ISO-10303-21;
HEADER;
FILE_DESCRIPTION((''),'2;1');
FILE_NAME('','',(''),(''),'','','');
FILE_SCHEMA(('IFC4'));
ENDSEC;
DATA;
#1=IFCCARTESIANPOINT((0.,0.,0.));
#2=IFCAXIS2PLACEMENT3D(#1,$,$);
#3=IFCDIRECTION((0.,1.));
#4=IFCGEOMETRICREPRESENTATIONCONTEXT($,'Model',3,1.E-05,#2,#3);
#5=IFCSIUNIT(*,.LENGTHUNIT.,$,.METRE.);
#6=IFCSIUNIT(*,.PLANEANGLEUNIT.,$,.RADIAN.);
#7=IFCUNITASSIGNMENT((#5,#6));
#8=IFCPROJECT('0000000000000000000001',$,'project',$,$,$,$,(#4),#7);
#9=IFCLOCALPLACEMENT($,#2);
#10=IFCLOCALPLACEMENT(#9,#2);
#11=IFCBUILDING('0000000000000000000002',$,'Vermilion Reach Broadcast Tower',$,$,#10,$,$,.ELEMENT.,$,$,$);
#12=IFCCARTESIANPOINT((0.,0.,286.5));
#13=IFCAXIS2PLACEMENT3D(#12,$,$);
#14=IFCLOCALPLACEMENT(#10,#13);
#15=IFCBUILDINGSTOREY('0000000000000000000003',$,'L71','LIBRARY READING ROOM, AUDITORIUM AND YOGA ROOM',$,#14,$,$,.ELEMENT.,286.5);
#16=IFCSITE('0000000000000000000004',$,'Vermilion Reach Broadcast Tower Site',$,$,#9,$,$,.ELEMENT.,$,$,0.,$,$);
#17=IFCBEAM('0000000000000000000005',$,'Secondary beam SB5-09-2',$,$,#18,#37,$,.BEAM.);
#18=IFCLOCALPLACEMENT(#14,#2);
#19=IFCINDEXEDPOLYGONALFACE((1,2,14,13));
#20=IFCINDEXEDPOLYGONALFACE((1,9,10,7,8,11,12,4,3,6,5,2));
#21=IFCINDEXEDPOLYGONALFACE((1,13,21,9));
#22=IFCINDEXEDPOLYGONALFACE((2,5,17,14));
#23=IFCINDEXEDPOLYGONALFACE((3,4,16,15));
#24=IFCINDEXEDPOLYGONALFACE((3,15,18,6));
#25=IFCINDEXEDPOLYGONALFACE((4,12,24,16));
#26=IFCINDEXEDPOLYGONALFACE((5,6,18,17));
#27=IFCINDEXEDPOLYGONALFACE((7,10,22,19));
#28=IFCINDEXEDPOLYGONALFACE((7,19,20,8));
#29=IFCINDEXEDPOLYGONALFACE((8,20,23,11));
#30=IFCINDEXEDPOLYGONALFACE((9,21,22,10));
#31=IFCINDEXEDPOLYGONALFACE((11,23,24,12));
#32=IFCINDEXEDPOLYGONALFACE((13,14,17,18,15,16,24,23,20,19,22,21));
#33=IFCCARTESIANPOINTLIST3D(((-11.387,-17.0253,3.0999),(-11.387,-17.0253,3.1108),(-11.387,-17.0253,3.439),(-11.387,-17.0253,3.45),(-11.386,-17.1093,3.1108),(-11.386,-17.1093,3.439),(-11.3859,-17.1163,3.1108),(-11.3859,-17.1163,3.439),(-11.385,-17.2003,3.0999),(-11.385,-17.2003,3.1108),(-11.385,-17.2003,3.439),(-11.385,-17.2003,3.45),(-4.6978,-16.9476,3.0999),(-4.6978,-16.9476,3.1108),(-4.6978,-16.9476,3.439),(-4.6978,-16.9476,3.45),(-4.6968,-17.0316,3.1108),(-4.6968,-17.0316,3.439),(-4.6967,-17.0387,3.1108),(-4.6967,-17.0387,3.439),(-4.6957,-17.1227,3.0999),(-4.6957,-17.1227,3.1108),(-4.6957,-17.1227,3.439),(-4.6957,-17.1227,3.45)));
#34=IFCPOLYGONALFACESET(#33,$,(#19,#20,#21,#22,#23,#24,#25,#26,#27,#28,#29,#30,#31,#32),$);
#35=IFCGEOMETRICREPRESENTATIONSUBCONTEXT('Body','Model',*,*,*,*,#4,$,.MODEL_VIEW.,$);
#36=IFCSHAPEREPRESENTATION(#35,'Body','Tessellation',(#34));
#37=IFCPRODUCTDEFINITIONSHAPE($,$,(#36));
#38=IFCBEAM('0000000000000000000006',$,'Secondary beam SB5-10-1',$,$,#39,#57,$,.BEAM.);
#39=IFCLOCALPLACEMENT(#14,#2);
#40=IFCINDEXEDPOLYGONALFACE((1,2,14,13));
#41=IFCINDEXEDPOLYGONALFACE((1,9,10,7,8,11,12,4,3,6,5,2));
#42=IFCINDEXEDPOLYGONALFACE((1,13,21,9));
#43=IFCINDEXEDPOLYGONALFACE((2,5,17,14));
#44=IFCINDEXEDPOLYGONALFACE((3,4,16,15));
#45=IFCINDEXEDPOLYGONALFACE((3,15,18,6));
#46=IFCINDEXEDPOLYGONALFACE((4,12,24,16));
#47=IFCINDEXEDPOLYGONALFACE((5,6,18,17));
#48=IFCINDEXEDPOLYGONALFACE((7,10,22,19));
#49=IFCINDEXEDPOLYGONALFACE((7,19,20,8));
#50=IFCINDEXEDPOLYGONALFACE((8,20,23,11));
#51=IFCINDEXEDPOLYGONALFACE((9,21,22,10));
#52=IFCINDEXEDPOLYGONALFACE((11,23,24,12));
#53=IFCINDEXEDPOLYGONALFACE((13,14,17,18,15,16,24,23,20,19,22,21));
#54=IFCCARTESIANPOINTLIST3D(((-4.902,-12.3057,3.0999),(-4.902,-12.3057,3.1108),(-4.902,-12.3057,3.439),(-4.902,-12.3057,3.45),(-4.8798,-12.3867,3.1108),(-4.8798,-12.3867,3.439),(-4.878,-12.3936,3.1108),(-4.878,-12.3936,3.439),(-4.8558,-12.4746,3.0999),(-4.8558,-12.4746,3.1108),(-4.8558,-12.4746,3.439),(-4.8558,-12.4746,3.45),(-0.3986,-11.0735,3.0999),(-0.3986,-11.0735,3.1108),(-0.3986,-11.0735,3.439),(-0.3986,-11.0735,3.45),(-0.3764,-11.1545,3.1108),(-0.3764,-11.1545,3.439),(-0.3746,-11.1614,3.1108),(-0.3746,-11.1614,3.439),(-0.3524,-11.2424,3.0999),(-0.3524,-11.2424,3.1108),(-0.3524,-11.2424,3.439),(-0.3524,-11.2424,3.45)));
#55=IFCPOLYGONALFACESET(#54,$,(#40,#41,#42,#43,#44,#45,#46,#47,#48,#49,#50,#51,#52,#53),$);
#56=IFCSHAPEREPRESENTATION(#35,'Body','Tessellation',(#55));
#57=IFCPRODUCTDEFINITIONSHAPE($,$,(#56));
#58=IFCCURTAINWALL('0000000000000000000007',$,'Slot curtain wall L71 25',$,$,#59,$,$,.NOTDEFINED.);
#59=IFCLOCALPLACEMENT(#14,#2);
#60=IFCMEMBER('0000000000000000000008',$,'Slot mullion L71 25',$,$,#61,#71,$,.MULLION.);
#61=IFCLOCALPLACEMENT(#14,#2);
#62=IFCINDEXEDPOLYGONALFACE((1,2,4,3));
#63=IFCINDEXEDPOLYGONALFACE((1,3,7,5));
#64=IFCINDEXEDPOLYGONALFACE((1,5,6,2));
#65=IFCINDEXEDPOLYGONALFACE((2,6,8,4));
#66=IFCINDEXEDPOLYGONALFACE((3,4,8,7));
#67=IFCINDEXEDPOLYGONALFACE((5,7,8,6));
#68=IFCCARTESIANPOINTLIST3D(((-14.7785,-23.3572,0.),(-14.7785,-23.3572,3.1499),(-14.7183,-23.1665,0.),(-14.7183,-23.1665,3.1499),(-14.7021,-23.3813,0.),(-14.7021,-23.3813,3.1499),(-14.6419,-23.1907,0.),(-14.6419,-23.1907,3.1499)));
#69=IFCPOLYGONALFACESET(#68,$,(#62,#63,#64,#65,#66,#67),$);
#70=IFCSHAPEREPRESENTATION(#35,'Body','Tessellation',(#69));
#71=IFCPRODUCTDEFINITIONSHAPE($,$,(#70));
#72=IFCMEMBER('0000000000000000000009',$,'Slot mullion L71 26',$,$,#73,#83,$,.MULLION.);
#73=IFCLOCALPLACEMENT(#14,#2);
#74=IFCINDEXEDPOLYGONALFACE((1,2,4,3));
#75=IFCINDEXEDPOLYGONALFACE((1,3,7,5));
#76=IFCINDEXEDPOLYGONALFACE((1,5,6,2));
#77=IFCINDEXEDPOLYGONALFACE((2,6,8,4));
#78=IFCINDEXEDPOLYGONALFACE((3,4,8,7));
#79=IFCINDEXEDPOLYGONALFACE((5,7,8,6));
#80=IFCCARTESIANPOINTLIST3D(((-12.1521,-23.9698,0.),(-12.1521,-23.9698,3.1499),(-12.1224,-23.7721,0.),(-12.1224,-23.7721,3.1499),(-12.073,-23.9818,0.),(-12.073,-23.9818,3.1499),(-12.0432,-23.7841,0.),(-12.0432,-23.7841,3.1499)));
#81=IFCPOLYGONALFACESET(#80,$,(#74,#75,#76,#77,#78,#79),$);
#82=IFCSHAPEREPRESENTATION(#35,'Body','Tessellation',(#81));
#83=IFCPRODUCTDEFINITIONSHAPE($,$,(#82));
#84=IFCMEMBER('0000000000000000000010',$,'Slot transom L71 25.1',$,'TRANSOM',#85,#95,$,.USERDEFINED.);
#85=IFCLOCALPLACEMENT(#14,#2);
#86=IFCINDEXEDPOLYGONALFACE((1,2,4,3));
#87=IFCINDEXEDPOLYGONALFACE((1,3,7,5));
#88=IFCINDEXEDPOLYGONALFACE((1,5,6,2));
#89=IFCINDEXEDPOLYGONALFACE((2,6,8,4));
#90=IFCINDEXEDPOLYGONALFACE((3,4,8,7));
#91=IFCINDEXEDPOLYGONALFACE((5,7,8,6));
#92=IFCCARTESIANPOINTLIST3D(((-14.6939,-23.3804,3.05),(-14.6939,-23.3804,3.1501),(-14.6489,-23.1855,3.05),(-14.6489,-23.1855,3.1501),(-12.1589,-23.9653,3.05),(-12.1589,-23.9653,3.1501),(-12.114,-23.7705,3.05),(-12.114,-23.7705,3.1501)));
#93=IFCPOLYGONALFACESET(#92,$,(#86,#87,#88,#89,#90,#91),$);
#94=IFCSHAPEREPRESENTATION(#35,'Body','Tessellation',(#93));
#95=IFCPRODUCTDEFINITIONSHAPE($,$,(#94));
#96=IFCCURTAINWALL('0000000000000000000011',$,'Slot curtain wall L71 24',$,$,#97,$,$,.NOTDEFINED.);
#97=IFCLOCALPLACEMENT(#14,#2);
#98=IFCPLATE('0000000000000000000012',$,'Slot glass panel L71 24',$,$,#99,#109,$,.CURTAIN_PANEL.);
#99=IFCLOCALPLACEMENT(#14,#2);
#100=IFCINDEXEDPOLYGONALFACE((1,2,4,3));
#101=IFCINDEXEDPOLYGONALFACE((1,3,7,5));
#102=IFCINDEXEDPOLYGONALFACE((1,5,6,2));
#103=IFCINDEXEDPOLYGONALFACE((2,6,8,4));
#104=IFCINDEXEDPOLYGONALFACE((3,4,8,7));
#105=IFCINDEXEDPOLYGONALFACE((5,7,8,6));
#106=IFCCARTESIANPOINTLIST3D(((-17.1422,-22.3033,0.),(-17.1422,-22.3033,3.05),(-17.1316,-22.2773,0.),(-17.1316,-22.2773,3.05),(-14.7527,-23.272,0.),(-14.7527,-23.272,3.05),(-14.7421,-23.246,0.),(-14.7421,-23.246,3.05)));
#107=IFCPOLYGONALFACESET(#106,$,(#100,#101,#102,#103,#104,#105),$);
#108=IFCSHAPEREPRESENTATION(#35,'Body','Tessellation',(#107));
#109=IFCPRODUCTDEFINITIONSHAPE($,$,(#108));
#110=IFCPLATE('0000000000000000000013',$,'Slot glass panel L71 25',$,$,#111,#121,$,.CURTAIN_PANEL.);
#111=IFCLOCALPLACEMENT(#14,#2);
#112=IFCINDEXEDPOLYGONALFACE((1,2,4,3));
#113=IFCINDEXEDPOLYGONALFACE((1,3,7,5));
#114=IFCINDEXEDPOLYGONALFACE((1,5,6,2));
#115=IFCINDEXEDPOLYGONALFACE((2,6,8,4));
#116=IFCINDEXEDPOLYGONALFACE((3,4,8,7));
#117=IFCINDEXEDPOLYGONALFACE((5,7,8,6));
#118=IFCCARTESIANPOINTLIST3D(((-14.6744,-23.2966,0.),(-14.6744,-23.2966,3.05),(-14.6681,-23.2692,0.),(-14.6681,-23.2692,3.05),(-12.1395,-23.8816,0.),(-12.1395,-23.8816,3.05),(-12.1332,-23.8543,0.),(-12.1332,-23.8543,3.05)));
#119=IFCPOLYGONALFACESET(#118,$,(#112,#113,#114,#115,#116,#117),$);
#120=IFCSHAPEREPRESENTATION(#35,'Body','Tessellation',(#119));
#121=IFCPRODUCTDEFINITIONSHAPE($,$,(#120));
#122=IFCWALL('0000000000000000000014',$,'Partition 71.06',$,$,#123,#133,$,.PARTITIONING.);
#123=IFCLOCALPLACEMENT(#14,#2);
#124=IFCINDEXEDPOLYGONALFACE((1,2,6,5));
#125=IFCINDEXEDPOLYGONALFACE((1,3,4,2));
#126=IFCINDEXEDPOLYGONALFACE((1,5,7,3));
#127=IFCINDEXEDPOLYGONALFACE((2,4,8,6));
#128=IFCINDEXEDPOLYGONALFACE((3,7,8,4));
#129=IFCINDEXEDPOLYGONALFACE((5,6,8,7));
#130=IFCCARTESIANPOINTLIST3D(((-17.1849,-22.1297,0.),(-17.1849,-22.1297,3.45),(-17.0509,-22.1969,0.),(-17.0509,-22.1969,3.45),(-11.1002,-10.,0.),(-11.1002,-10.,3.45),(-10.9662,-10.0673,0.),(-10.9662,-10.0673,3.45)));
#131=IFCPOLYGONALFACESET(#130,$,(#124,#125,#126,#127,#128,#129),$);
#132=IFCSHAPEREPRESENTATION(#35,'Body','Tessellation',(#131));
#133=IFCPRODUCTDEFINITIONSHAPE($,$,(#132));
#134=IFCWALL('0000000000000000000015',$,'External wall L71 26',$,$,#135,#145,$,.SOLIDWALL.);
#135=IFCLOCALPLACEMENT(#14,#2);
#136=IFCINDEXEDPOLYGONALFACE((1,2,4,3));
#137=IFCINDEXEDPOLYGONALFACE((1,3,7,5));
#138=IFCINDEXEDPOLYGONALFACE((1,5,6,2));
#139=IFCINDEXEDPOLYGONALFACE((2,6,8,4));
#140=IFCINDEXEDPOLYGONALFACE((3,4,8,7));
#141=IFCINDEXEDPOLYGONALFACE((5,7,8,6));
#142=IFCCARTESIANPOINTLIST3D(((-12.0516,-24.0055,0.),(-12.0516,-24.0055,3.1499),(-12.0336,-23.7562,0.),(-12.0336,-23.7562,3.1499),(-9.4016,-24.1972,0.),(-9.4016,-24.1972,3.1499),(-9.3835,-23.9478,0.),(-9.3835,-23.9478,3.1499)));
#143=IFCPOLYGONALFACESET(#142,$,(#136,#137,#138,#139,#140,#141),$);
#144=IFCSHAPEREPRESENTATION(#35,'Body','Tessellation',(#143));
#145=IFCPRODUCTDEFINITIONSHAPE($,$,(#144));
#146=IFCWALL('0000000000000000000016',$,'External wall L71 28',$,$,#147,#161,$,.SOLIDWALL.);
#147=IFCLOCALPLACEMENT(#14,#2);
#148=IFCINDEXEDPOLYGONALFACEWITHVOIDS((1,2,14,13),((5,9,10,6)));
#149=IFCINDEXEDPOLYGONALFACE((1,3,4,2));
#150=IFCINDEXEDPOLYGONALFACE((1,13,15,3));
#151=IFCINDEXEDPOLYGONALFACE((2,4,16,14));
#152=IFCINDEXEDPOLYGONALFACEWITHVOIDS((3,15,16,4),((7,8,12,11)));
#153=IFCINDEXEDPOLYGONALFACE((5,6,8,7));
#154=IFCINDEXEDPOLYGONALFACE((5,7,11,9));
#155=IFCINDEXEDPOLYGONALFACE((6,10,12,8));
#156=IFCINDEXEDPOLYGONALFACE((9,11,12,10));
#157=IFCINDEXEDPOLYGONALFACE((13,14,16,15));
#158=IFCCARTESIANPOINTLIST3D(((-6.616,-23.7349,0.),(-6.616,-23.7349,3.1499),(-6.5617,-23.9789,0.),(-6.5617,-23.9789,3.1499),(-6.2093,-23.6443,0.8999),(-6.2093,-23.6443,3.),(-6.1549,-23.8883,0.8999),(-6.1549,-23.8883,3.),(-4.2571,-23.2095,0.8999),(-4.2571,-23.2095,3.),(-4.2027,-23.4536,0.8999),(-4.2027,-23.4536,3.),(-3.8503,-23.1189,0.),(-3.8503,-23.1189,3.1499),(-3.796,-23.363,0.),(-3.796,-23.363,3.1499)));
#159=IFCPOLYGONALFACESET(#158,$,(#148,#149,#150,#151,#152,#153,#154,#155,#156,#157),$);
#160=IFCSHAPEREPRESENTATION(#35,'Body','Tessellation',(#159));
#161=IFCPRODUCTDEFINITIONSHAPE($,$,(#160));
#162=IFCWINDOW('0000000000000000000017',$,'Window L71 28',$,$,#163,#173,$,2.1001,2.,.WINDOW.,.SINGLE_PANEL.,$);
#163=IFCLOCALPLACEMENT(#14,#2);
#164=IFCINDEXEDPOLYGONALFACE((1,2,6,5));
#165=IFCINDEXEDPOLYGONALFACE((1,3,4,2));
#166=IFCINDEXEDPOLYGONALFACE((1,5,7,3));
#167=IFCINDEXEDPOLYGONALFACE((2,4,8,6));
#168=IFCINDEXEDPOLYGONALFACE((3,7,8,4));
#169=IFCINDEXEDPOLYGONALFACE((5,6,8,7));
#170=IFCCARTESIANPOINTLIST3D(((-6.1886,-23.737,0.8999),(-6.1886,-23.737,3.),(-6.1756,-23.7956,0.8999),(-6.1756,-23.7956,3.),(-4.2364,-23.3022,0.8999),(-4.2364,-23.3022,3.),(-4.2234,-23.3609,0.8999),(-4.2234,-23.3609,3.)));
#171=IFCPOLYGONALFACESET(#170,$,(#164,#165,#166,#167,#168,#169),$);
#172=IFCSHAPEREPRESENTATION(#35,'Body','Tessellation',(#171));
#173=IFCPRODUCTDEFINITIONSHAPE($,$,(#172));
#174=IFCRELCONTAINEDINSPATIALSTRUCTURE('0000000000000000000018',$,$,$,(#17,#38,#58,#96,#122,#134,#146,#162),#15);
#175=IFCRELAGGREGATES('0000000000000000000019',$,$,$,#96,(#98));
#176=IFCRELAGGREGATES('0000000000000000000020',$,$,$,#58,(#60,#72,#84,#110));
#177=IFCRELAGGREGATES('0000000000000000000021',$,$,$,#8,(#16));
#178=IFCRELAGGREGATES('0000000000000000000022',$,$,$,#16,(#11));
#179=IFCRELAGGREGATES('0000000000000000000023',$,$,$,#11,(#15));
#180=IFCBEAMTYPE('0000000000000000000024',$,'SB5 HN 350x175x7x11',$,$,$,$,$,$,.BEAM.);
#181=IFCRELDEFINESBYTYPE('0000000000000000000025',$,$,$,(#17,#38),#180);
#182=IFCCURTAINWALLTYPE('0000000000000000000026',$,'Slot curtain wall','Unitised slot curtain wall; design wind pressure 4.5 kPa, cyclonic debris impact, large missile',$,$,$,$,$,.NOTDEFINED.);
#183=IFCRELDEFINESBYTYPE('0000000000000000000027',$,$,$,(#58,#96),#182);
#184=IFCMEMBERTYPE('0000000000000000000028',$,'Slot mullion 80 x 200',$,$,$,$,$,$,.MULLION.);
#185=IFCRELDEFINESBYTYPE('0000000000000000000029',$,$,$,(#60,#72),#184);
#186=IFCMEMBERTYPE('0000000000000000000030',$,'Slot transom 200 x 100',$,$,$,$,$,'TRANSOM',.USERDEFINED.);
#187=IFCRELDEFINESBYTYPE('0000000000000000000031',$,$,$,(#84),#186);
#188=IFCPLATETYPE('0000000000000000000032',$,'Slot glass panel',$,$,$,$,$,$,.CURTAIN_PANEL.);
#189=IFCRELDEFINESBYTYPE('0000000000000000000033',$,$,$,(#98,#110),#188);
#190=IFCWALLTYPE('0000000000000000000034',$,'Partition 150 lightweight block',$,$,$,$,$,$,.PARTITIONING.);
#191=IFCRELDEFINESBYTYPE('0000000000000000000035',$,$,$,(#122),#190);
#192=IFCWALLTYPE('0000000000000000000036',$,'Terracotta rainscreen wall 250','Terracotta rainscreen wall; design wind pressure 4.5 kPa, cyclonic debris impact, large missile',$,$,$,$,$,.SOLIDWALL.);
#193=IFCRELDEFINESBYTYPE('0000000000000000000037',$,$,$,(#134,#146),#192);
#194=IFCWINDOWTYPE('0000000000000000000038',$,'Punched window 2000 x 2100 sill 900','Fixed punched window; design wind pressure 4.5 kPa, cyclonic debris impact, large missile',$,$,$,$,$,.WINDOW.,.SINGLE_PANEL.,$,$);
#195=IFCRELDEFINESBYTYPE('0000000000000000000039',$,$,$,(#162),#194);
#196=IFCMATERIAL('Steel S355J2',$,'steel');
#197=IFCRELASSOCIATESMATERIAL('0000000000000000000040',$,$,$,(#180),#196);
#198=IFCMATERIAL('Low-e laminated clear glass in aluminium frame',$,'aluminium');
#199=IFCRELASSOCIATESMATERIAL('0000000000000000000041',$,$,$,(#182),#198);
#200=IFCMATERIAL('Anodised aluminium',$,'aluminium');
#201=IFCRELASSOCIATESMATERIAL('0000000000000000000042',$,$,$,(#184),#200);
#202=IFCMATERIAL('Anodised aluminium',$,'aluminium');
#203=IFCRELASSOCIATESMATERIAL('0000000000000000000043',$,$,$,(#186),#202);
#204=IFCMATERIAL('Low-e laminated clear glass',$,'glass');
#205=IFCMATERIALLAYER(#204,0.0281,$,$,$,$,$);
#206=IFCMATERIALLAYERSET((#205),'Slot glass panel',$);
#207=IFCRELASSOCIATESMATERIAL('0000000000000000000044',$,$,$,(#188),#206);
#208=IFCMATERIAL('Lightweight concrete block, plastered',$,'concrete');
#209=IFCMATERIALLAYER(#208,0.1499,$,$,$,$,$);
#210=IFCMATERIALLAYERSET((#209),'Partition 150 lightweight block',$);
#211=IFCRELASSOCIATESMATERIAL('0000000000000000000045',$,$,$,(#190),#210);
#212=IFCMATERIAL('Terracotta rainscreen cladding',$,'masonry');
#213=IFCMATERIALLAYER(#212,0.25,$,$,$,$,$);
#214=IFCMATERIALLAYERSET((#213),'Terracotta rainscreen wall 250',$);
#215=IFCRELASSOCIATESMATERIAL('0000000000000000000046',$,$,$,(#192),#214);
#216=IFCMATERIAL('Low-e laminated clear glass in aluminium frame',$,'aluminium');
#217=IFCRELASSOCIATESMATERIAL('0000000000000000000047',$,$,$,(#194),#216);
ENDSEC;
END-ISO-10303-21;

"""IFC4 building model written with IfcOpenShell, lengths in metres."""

from ifc_helpers import new_model, si_unit, direction, frame, frame_2d, origin, origin_2d, place, context, subcontext, project, spatial, rectangle, i_section, extrude, material, layer, layer_set, material_profile, profile_set, type_object, element, fill, aggregate, save


model = new_model("IFC4")

# Units and contexts
model_context = context("Model", 3, precision=1e-05, world=origin(), true_north=direction((0.0, 1.0)))
body_context = subcontext(model_context, "Body", "Model", "MODEL_VIEW")
ifc_project = project(units=[si_unit("LENGTHUNIT", "METRE"), si_unit("PLANEANGLEUNIT", "RADIAN")], contexts=[model_context])

# Site, building, storey
site_placement = place(None, origin())
site = spatial("IfcSite", under=ifc_project, at=site_placement, Name="Vermilion Reach Broadcast Tower Site", CompositionType="ELEMENT", RefElevation=0.0)
building_placement = place(site_placement, origin())
building = spatial("IfcBuilding", under=site, at=building_placement, Name="Vermilion Reach Broadcast Tower", CompositionType="ELEMENT")
storey_placement = place(building_placement, frame((0.0, 0.0, 286.5)))
storey = spatial("IfcBuildingStorey", under=building, at=storey_placement, Name="L71", Description="LIBRARY READING ROOM, AUDITORIUM AND YOGA ROOM", CompositionType="ELEMENT", Elevation=286.5)

# Beams
ifc_material_1 = material(Name="Steel S355J2", Category="steel")
ifc_material_profile_1 = material_profile(ifc_material_1, i_section(OverallWidth=0.175, OverallDepth=0.3501, WebThickness=0.0071, FlangeThickness=0.011, at=origin_2d()), Name="S355J2 HN 350x175x7x11")
ifc_profile_set_1 = profile_set([ifc_material_profile_1], Name="Steel S355J2")
beam_type_1 = type_object("IfcBeamType", Name="SB5 HN 350x175x7x11", PredefinedType="BEAM", material=ifc_profile_set_1)
beam_1_placement = place(storey_placement, frame((-11.386, -17.1128, 3.2749), z_axis=(0.999933, 0.011605, 0.0), x_axis=(-0.011605, 0.999933, 0.0)))
element("IfcBeam", 1, at=beam_1_placement, inside=storey, type_object=beam_type_1, Name="Secondary beam SB5-09-2", PredefinedType="BEAM", context=body_context, shape_type="SweptSolid", body=[
    extrude(i_section(OverallWidth=0.175, OverallDepth=0.3501, WebThickness=0.0071, FlangeThickness=0.011, at=origin_2d()), origin(), (0.0, 0.0, 1.0), 6.6897),
])
beam_2_placement = place(storey_placement, frame((-4.8789, -12.3901, 3.2749), z_axis=(0.964547, 0.263909, 0.0), x_axis=(-0.263909, 0.964547, 0.0)))
element("IfcBeam", 2, at=beam_2_placement, inside=storey, type_object=beam_type_1, Name="Secondary beam SB5-10-1", PredefinedType="BEAM", context=body_context, shape_type="SweptSolid", body=[
    extrude(i_section(OverallWidth=0.175, OverallDepth=0.3501, WebThickness=0.0071, FlangeThickness=0.011, at=origin_2d()), origin(), (0.0, 0.0, 1.0), 4.6689),
])

# Curtain wall, members
ifc_material_2 = material(Name="Low-e laminated clear glass in aluminium frame", Category="aluminium")
curtain_wall_type = type_object("IfcCurtainWallType", Name="Slot curtain wall", Description="Unitised slot curtain wall; design wind pressure 4.5 kPa, cyclonic debris impact, large missile", PredefinedType="NOTDEFINED", material=ifc_material_2)
placement = place(storey_placement, origin())
curtain_wall_1 = element("IfcCurtainWall", 3, at=placement, inside=storey, type_object=curtain_wall_type, Name="Slot curtain wall L71 25", PredefinedType="NOTDEFINED")
ifc_material_3 = material(Name="Anodised aluminium", Category="aluminium")
ifc_material_profile_2 = material_profile(ifc_material_3, rectangle(XDim=0.2, YDim=0.0801, at=origin_2d()), Name="Slot mullion 80 x 200")
ifc_profile_set_2 = profile_set([ifc_material_profile_2], Name="Anodised aluminium")
member_type_1 = type_object("IfcMemberType", Name="Slot mullion 80 x 200", PredefinedType="MULLION", material=ifc_profile_set_2)
member_1_placement = place(storey_placement, frame((-14.7102, -23.2739, 0.0), z_axis=(0.0, 0.0, 1.0), x_axis=(0.301223, 0.953554, 0.0)))
member_1 = element("IfcMember", 4, at=member_1_placement, type_object=member_type_1, Name="Slot mullion L71 25", PredefinedType="MULLION", context=body_context, shape_type="SweptSolid", body=[
    extrude(rectangle(XDim=0.2, YDim=0.0801, at=origin_2d()), origin(), (0.0, 0.0, 1.0), 3.1499),
])
member_2_placement = place(storey_placement, frame((-12.0977, -23.877, 0.0), z_axis=(0.0, 0.0, 1.0), x_axis=(0.148957, 0.988844, 0.0)))
member_2 = element("IfcMember", 5, at=member_2_placement, type_object=member_type_1, Name="Slot mullion L71 26", PredefinedType="MULLION", context=body_context, shape_type="SweptSolid", body=[
    extrude(rectangle(XDim=0.2, YDim=0.0801, at=origin_2d()), origin(), (0.0, 0.0, 1.0), 3.1499),
])
ifc_material_4 = material(Name="Anodised aluminium", Category="aluminium")
ifc_material_profile_3 = material_profile(ifc_material_4, rectangle(XDim=0.2, YDim=0.1001, at=origin_2d()), Name="Slot transom 200 x 100")
ifc_profile_set_3 = profile_set([ifc_material_profile_3], Name="Anodised aluminium")
member_type_2 = type_object("IfcMemberType", Name="Slot transom 200 x 100", ElementType="TRANSOM", PredefinedType="USERDEFINED", material=ifc_profile_set_3)
member_3_placement = place(storey_placement, frame((-14.6714, -23.283, 3.1001), z_axis=(0.974393, -0.224853, 0.0), x_axis=(0.224853, 0.974393, 0.0)))
member_3 = element("IfcMember", 6, at=member_3_placement, type_object=member_type_2, Name="Slot transom L71 25.1", ObjectType="TRANSOM", PredefinedType="USERDEFINED", context=body_context, shape_type="SweptSolid", body=[
    extrude(rectangle(XDim=0.2, YDim=0.1001, at=origin_2d()), origin(), (0.0, 0.0, 1.0), 2.6016),
])

# Curtain wall, plate
curtain_wall_2 = element("IfcCurtainWall", 7, at=placement, inside=storey, type_object=curtain_wall_type, Name="Slot curtain wall L71 24", PredefinedType="NOTDEFINED")
ifc_material_5 = material(Name="Low-e laminated clear glass", Category="glass")
ifc_layer_1 = layer(ifc_material_5, 0.0281)
ifc_layer_set_1 = layer_set([ifc_layer_1], Name="Slot glass panel")
plate_type = type_object("IfcPlateType", Name="Slot glass panel", PredefinedType="CURTAIN_PANEL", material=ifc_layer_set_1)
plate_1_placement = place(storey_placement, frame((-15.9421, -22.7747, 0.0), z_axis=(0.0, 0.0, 1.0), x_axis=(0.926747, -0.375687, 0.0)))
plate_1 = element("IfcPlate", 8, at=plate_1_placement, type_object=plate_type, Name="Slot glass panel L71 24", PredefinedType="CURTAIN_PANEL", context=body_context, shape_type="SweptSolid", body=[
    extrude(rectangle(XDim=2.5784, YDim=0.0281, at=origin_2d()), origin(), (0.0, 0.0, 1.0), 3.05),
])
aggregate(curtain_wall_2, [plate_1])

# Plate
plate_2_placement = place(storey_placement, frame((-13.4038, -23.5754, 0.0), z_axis=(0.0, 0.0, 1.0), x_axis=(0.974388, -0.224873, 0.0)))
plate_2 = element("IfcPlate", 9, at=plate_2_placement, type_object=plate_type, Name="Slot glass panel L71 25", PredefinedType="CURTAIN_PANEL", context=body_context, shape_type="SweptSolid", body=[
    extrude(rectangle(XDim=2.6016, YDim=0.0281, at=origin_2d()), origin(), (0.0, 0.0, 1.0), 3.05),
])
aggregate(curtain_wall_1, [member_1, member_2, member_3, plate_2])

# Walls
ifc_material_6 = material(Name="Lightweight concrete block, plastered", Category="concrete")
ifc_layer_2 = layer(ifc_material_6, 0.1499)
ifc_layer_set_2 = layer_set([ifc_layer_2], Name="Partition 150 lightweight block")
wall_type_1 = type_object("IfcWallType", Name="Partition 150 lightweight block", PredefinedType="PARTITIONING", material=ifc_layer_set_2)
wall_1_placement = place(storey_placement, frame((-17.1179, -22.1633, 0.0), z_axis=(0.0, 0.0, 1.0), x_axis=(0.448386, 0.89384, 0.0)))
element("IfcWall", 10, at=wall_1_placement, inside=storey, type_object=wall_type_1, Name="Partition 71.06", PredefinedType="PARTITIONING", context=body_context, shape_type="SweptSolid", body=[
    extrude(rectangle(XDim=13.5703, YDim=0.1499, at=frame_2d((6.7852, 0.0))), origin(), (0.0, 0.0, 1.0), 3.45),
])
ifc_material_7 = material(Name="Terracotta rainscreen cladding", Category="masonry")
ifc_layer_3 = layer(ifc_material_7, 0.25)
ifc_layer_set_3 = layer_set([ifc_layer_3], Name="Terracotta rainscreen wall 250")
wall_type_2 = type_object("IfcWallType", Name="Terracotta rainscreen wall 250", Description="Terracotta rainscreen wall; design wind pressure 4.5 kPa, cyclonic debris impact, large missile", PredefinedType="SOLIDWALL", material=ifc_layer_set_3)
wall_2_placement = place(storey_placement, frame((-12.0427, -23.8809, 0.0), z_axis=(0.0, 0.0, 1.0), x_axis=(0.997395, -0.072129, 0.0)))
element("IfcWall", 11, at=wall_2_placement, inside=storey, type_object=wall_type_2, Name="External wall L71 26", PredefinedType="SOLIDWALL", context=body_context, shape_type="SweptSolid", body=[
    extrude(rectangle(XDim=2.657, YDim=0.25, at=frame_2d((1.3286, 0.0))), origin(), (0.0, 0.0, 1.0), 3.1499),
])

# Wall, opening, window
wall_3_placement = place(storey_placement, frame((-6.5889, -23.8569, 0.0), z_axis=(0.0, 0.0, 1.0), x_axis=(0.976084, 0.217396, 0.0)))
wall_3 = element("IfcWall", 12, at=wall_3_placement, inside=storey, type_object=wall_type_2, Name="External wall L71 28", PredefinedType="SOLIDWALL", context=body_context, shape_type="SweptSolid", body=[
    extrude(rectangle(XDim=2.8335, YDim=0.25, at=frame_2d((1.4167, 0.0))), origin(), (0.0, 0.0, 1.0), 3.1499),
])
opening_1_placement = place(wall_3_placement, frame((0.4167, 0.0, 0.8999)))
opening_1 = element("IfcOpeningElement", 13, at=opening_1_placement, cuts=wall_3, PredefinedType="OPENING", context=body_context, shape_type="SweptSolid", body=[
    extrude(rectangle(XDim=2.0, YDim=2.1001, at=frame_2d((1.0, 1.05))), frame((0.0, 0.135, 0.0), z_axis=(0.0, -1.0, 0.0), x_axis=(1.0, 0.0, 0.0)), (0.0, 0.0, 1.0), 0.27),
])
ifc_material_8 = material(Name="Low-e laminated clear glass in aluminium frame", Category="aluminium")
window_type = type_object("IfcWindowType", Name="Punched window 2000 x 2100 sill 900", Description="Fixed punched window; design wind pressure 4.5 kPa, cyclonic debris impact, large missile", PartitioningType="SINGLE_PANEL", PredefinedType="WINDOW", material=ifc_material_8)
window_placement = place(opening_1_placement, origin())
window = element("IfcWindow", 14, at=window_placement, inside=storey, type_object=window_type, Name="Window L71 28", OverallHeight=2.1001, OverallWidth=2.0, PartitioningType="SINGLE_PANEL", PredefinedType="WINDOW", context=body_context, shape_type="SweptSolid", body=[
    extrude(rectangle(XDim=2.0, YDim=2.1001, at=frame_2d((1.0, 1.05))), frame((0.0, 0.03, 0.0), z_axis=(0.0, -1.0, 0.0), x_axis=(1.0, 0.0, 0.0)), (0.0, 0.0, 1.0), 0.0601),
])
fill(opening_1, window)

save(model, "model.ifc")
